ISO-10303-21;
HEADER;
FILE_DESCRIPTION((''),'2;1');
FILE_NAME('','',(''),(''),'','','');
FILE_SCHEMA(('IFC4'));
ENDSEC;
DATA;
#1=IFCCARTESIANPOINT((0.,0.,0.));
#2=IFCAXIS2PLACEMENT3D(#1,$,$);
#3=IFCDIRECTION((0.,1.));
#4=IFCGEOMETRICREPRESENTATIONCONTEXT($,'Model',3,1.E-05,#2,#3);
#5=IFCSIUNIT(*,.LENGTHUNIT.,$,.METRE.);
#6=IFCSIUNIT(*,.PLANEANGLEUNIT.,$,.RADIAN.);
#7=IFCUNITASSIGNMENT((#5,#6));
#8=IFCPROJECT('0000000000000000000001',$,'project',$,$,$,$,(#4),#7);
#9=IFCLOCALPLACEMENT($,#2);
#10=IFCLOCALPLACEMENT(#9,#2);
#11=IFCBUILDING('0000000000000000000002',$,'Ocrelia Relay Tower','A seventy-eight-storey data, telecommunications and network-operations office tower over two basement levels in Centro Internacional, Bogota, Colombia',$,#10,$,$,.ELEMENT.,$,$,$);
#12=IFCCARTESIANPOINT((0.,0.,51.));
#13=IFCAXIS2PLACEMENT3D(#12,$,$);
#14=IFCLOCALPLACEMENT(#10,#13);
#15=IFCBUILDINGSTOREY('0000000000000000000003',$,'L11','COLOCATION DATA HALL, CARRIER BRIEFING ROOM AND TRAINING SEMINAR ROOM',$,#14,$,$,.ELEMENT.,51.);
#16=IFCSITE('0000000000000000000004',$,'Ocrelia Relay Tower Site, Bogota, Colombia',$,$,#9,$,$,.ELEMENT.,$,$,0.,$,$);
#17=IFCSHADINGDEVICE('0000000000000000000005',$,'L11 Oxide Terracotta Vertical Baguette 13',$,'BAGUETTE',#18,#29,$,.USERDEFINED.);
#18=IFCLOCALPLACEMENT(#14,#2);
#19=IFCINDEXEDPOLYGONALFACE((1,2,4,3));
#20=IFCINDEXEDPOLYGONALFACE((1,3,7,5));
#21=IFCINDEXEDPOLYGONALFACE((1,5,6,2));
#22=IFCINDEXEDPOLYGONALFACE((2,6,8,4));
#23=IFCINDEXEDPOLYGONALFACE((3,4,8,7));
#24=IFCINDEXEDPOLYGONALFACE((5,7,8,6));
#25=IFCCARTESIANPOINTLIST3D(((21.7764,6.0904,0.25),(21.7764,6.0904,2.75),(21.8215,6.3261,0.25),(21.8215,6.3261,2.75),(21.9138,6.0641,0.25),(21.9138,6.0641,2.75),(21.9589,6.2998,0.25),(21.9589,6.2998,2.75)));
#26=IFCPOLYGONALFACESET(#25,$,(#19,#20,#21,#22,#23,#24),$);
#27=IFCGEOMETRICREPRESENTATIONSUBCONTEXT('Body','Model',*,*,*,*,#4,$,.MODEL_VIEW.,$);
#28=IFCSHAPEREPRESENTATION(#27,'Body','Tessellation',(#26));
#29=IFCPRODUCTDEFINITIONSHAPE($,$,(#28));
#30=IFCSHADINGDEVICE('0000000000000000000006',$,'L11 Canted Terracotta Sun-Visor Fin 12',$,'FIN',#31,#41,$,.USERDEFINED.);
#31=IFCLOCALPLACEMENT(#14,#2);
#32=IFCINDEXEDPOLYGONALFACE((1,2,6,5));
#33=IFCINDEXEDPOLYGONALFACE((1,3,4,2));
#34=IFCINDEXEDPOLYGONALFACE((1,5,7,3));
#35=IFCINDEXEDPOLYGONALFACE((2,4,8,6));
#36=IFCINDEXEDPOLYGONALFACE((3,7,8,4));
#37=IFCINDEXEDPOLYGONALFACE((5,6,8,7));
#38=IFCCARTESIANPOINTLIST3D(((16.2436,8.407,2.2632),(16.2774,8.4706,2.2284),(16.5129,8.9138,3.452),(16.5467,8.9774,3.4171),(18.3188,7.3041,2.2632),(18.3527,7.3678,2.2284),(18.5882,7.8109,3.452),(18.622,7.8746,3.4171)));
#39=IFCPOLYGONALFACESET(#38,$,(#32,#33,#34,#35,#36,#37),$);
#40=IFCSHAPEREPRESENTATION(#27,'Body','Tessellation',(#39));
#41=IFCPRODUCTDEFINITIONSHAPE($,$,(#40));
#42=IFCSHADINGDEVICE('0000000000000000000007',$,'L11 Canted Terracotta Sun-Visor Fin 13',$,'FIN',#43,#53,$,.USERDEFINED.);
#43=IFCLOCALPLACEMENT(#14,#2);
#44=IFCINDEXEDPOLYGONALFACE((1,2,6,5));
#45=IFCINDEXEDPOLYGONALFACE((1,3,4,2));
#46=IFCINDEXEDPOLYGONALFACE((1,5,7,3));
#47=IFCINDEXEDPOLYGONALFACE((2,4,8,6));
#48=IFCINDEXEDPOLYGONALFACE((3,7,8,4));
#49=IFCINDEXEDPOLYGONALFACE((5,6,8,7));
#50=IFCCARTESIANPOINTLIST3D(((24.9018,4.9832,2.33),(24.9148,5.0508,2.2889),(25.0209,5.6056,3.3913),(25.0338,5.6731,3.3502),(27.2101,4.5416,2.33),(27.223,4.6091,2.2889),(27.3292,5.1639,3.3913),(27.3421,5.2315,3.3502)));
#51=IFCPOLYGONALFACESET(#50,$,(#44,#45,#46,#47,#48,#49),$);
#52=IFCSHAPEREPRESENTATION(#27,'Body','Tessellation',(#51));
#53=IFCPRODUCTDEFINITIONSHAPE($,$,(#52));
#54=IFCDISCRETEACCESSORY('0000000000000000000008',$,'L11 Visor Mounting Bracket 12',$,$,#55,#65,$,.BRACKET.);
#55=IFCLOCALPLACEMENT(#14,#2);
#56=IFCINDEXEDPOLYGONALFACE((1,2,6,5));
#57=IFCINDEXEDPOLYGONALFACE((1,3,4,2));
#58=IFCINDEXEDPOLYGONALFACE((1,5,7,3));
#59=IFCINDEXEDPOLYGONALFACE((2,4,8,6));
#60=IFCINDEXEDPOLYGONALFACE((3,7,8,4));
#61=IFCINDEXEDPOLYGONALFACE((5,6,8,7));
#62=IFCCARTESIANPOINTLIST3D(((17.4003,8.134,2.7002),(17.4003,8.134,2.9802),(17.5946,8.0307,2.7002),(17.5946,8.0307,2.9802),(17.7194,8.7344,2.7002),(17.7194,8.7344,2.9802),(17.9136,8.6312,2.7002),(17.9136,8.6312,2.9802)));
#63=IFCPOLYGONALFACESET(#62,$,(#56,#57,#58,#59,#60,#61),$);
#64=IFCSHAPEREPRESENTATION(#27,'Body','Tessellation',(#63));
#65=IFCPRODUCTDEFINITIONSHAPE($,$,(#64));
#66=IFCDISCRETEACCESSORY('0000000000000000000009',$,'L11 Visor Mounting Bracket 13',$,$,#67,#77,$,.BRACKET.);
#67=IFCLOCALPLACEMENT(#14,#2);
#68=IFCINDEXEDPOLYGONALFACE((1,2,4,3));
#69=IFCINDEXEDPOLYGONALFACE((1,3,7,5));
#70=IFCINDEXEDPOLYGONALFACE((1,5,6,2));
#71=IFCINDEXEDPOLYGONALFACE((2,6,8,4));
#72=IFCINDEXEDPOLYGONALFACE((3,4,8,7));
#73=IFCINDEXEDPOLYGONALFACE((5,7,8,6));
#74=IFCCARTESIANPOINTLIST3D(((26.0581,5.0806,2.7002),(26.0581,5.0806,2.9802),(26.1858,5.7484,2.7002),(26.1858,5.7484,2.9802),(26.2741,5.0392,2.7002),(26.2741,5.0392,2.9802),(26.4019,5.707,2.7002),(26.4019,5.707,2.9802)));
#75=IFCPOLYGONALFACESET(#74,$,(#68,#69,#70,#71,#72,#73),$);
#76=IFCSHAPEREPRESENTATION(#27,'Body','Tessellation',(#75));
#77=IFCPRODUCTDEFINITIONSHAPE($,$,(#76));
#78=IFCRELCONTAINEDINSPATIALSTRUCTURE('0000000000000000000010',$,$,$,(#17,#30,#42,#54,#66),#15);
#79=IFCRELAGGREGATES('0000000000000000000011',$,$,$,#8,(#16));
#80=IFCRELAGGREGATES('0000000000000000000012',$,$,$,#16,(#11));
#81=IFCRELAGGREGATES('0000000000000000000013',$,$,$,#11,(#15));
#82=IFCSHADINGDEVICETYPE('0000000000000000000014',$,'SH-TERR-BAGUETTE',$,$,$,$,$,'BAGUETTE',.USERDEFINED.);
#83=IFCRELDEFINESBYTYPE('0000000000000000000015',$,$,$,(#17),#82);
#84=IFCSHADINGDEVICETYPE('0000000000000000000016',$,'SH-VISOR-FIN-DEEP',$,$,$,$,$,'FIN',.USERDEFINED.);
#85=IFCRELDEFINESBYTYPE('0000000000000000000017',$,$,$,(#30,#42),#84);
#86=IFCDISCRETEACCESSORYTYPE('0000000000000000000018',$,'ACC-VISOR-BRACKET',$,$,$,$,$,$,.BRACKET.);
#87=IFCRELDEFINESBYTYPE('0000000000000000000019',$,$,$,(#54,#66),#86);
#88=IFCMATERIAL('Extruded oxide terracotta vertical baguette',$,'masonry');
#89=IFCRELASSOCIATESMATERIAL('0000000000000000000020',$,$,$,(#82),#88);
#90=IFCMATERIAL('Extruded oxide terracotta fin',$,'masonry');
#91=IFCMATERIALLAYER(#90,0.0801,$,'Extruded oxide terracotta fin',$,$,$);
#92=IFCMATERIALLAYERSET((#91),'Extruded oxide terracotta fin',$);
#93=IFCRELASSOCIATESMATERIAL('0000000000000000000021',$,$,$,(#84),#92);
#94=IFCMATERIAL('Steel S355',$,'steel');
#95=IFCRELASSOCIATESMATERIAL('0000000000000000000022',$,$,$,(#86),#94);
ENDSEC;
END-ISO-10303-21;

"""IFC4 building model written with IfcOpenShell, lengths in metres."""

from ifc_helpers import new_model, si_unit, direction, frame, origin, origin_2d, place, context, subcontext, project, spatial, rectangle, extrude, material, layer, layer_set, type_object, element, save


model = new_model("IFC4")

# Units and contexts
model_context = context("Model", 3, precision=1e-05, world=origin(), true_north=direction((0.0, 1.0)))
body_context = subcontext(model_context, "Body", "Model", "MODEL_VIEW")
ifc_project = project(units=[si_unit("LENGTHUNIT", "METRE"), si_unit("PLANEANGLEUNIT", "RADIAN")], contexts=[model_context])

# Site, building, storey
site_placement = place(None, origin())
site = spatial("IfcSite", under=ifc_project, at=site_placement, Name="Ocrelia Relay Tower Site, Bogota, Colombia", CompositionType="ELEMENT", RefElevation=0.0)
building_placement = place(site_placement, origin())
building = spatial("IfcBuilding", under=site, at=building_placement, Name="Ocrelia Relay Tower", Description="A seventy-eight-storey data, telecommunications and network-operations office tower over two basement levels in Centro Internacional, Bogota, Colombia", CompositionType="ELEMENT")
storey_placement = place(building_placement, frame((0.0, 0.0, 51.0)))
storey = spatial("IfcBuildingStorey", under=building, at=storey_placement, Name="L11", Description="COLOCATION DATA HALL, CARRIER BRIEFING ROOM AND TRAINING SEMINAR ROOM", CompositionType="ELEMENT", Elevation=51.0)

# Shared definitions
ifc_material_1 = material(Name="Steel S355", Category="steel")

# Shading devices
ifc_material_2 = material(Name="Extruded oxide terracotta vertical baguette", Category="masonry")
shading_device_type_1 = type_object("IfcShadingDeviceType", Name="SH-TERR-BAGUETTE", ElementType="BAGUETTE", PredefinedType="USERDEFINED", material=ifc_material_2)
shading_device_1_placement = place(storey_placement, frame((21.8677, 6.1951, 0.25), z_axis=(0.0, 0.0, 1.0), x_axis=(0.982182, -0.187932, 0.0)))
element("IfcShadingDevice", 1, at=shading_device_1_placement, inside=storey, type_object=shading_device_type_1, Name="L11 Oxide Terracotta Vertical Baguette 13", ObjectType="BAGUETTE", PredefinedType="USERDEFINED", context=body_context, shape_type="SweptSolid", body=[
    extrude(rectangle(XDim=0.1399, YDim=0.24, at=origin_2d()), origin(), (0.0, 0.0, 1.0), 2.5),
])
ifc_material_3 = material(Name="Extruded oxide terracotta fin", Category="masonry")
ifc_layer_1 = layer(ifc_material_3, 0.0801, Name="Extruded oxide terracotta fin")
ifc_layer_set_1 = layer_set([ifc_layer_1], Name="Extruded oxide terracotta fin")
shading_device_type_2 = type_object("IfcShadingDeviceType", Name="SH-VISOR-FIN-DEEP", ElementType="FIN", PredefinedType="USERDEFINED", material=ifc_layer_set_1)
shading_device_2_placement = place(storey_placement, frame((17.4497, 8.1726, 2.8228), z_axis=(-0.422609, -0.795227, 0.43476), x_axis=(0.883049, -0.469281, 0.0)))
element("IfcShadingDevice", 2, at=shading_device_2_placement, inside=storey, type_object=shading_device_type_2, Name="L11 Canted Terracotta Sun-Visor Fin 12", ObjectType="FIN", PredefinedType="USERDEFINED", context=body_context, shape_type="SweptSolid", body=[
    extrude(rectangle(XDim=2.3501, YDim=1.3201, at=origin_2d()), origin(), (0.0, 0.0, 1.0), 0.0801),
])
shading_device_3_placement = place(storey_placement, frame((26.1284, 5.1411, 2.8196), z_axis=(-0.161359, -0.843304, 0.512642), x_axis=(0.982182, -0.187932, 0.0)))
element("IfcShadingDevice", 3, at=shading_device_3_placement, inside=storey, type_object=shading_device_type_2, Name="L11 Canted Terracotta Sun-Visor Fin 13", ObjectType="FIN", PredefinedType="USERDEFINED", context=body_context, shape_type="SweptSolid", body=[
    extrude(rectangle(XDim=2.3501, YDim=1.2361, at=origin_2d()), origin(), (0.0, 0.0, 1.0), 0.0801),
])

# Discrete accessories
discrete_accessory_type = type_object("IfcDiscreteAccessoryType", Name="ACC-VISOR-BRACKET", PredefinedType="BRACKET", material=ifc_material_1)
for number, where, z_axis, x_axis, name in (
    (4, (17.657, 8.3826, 2.7002), (0.0, 0.0, 1.0), (0.883049, -0.469281, 0.0), "L11 Visor Mounting Bracket 12"),
    (5, (26.23, 5.3938, 2.7002), (0.0, 0.0, 1.0), (0.982182, -0.187932, 0.0), "L11 Visor Mounting Bracket 13"),
):
    element("IfcDiscreteAccessory", number, at=place(storey_placement, frame(where, z_axis=z_axis, x_axis=x_axis)), inside=storey, type_object=discrete_accessory_type, Name=name, PredefinedType="BRACKET", context=body_context, shape_type="SweptSolid", body=[
        extrude(rectangle(XDim=0.22, YDim=0.6799, at=origin_2d()), origin(), (0.0, 0.0, 1.0), 0.28),
    ])

save(model, "model.ifc")
